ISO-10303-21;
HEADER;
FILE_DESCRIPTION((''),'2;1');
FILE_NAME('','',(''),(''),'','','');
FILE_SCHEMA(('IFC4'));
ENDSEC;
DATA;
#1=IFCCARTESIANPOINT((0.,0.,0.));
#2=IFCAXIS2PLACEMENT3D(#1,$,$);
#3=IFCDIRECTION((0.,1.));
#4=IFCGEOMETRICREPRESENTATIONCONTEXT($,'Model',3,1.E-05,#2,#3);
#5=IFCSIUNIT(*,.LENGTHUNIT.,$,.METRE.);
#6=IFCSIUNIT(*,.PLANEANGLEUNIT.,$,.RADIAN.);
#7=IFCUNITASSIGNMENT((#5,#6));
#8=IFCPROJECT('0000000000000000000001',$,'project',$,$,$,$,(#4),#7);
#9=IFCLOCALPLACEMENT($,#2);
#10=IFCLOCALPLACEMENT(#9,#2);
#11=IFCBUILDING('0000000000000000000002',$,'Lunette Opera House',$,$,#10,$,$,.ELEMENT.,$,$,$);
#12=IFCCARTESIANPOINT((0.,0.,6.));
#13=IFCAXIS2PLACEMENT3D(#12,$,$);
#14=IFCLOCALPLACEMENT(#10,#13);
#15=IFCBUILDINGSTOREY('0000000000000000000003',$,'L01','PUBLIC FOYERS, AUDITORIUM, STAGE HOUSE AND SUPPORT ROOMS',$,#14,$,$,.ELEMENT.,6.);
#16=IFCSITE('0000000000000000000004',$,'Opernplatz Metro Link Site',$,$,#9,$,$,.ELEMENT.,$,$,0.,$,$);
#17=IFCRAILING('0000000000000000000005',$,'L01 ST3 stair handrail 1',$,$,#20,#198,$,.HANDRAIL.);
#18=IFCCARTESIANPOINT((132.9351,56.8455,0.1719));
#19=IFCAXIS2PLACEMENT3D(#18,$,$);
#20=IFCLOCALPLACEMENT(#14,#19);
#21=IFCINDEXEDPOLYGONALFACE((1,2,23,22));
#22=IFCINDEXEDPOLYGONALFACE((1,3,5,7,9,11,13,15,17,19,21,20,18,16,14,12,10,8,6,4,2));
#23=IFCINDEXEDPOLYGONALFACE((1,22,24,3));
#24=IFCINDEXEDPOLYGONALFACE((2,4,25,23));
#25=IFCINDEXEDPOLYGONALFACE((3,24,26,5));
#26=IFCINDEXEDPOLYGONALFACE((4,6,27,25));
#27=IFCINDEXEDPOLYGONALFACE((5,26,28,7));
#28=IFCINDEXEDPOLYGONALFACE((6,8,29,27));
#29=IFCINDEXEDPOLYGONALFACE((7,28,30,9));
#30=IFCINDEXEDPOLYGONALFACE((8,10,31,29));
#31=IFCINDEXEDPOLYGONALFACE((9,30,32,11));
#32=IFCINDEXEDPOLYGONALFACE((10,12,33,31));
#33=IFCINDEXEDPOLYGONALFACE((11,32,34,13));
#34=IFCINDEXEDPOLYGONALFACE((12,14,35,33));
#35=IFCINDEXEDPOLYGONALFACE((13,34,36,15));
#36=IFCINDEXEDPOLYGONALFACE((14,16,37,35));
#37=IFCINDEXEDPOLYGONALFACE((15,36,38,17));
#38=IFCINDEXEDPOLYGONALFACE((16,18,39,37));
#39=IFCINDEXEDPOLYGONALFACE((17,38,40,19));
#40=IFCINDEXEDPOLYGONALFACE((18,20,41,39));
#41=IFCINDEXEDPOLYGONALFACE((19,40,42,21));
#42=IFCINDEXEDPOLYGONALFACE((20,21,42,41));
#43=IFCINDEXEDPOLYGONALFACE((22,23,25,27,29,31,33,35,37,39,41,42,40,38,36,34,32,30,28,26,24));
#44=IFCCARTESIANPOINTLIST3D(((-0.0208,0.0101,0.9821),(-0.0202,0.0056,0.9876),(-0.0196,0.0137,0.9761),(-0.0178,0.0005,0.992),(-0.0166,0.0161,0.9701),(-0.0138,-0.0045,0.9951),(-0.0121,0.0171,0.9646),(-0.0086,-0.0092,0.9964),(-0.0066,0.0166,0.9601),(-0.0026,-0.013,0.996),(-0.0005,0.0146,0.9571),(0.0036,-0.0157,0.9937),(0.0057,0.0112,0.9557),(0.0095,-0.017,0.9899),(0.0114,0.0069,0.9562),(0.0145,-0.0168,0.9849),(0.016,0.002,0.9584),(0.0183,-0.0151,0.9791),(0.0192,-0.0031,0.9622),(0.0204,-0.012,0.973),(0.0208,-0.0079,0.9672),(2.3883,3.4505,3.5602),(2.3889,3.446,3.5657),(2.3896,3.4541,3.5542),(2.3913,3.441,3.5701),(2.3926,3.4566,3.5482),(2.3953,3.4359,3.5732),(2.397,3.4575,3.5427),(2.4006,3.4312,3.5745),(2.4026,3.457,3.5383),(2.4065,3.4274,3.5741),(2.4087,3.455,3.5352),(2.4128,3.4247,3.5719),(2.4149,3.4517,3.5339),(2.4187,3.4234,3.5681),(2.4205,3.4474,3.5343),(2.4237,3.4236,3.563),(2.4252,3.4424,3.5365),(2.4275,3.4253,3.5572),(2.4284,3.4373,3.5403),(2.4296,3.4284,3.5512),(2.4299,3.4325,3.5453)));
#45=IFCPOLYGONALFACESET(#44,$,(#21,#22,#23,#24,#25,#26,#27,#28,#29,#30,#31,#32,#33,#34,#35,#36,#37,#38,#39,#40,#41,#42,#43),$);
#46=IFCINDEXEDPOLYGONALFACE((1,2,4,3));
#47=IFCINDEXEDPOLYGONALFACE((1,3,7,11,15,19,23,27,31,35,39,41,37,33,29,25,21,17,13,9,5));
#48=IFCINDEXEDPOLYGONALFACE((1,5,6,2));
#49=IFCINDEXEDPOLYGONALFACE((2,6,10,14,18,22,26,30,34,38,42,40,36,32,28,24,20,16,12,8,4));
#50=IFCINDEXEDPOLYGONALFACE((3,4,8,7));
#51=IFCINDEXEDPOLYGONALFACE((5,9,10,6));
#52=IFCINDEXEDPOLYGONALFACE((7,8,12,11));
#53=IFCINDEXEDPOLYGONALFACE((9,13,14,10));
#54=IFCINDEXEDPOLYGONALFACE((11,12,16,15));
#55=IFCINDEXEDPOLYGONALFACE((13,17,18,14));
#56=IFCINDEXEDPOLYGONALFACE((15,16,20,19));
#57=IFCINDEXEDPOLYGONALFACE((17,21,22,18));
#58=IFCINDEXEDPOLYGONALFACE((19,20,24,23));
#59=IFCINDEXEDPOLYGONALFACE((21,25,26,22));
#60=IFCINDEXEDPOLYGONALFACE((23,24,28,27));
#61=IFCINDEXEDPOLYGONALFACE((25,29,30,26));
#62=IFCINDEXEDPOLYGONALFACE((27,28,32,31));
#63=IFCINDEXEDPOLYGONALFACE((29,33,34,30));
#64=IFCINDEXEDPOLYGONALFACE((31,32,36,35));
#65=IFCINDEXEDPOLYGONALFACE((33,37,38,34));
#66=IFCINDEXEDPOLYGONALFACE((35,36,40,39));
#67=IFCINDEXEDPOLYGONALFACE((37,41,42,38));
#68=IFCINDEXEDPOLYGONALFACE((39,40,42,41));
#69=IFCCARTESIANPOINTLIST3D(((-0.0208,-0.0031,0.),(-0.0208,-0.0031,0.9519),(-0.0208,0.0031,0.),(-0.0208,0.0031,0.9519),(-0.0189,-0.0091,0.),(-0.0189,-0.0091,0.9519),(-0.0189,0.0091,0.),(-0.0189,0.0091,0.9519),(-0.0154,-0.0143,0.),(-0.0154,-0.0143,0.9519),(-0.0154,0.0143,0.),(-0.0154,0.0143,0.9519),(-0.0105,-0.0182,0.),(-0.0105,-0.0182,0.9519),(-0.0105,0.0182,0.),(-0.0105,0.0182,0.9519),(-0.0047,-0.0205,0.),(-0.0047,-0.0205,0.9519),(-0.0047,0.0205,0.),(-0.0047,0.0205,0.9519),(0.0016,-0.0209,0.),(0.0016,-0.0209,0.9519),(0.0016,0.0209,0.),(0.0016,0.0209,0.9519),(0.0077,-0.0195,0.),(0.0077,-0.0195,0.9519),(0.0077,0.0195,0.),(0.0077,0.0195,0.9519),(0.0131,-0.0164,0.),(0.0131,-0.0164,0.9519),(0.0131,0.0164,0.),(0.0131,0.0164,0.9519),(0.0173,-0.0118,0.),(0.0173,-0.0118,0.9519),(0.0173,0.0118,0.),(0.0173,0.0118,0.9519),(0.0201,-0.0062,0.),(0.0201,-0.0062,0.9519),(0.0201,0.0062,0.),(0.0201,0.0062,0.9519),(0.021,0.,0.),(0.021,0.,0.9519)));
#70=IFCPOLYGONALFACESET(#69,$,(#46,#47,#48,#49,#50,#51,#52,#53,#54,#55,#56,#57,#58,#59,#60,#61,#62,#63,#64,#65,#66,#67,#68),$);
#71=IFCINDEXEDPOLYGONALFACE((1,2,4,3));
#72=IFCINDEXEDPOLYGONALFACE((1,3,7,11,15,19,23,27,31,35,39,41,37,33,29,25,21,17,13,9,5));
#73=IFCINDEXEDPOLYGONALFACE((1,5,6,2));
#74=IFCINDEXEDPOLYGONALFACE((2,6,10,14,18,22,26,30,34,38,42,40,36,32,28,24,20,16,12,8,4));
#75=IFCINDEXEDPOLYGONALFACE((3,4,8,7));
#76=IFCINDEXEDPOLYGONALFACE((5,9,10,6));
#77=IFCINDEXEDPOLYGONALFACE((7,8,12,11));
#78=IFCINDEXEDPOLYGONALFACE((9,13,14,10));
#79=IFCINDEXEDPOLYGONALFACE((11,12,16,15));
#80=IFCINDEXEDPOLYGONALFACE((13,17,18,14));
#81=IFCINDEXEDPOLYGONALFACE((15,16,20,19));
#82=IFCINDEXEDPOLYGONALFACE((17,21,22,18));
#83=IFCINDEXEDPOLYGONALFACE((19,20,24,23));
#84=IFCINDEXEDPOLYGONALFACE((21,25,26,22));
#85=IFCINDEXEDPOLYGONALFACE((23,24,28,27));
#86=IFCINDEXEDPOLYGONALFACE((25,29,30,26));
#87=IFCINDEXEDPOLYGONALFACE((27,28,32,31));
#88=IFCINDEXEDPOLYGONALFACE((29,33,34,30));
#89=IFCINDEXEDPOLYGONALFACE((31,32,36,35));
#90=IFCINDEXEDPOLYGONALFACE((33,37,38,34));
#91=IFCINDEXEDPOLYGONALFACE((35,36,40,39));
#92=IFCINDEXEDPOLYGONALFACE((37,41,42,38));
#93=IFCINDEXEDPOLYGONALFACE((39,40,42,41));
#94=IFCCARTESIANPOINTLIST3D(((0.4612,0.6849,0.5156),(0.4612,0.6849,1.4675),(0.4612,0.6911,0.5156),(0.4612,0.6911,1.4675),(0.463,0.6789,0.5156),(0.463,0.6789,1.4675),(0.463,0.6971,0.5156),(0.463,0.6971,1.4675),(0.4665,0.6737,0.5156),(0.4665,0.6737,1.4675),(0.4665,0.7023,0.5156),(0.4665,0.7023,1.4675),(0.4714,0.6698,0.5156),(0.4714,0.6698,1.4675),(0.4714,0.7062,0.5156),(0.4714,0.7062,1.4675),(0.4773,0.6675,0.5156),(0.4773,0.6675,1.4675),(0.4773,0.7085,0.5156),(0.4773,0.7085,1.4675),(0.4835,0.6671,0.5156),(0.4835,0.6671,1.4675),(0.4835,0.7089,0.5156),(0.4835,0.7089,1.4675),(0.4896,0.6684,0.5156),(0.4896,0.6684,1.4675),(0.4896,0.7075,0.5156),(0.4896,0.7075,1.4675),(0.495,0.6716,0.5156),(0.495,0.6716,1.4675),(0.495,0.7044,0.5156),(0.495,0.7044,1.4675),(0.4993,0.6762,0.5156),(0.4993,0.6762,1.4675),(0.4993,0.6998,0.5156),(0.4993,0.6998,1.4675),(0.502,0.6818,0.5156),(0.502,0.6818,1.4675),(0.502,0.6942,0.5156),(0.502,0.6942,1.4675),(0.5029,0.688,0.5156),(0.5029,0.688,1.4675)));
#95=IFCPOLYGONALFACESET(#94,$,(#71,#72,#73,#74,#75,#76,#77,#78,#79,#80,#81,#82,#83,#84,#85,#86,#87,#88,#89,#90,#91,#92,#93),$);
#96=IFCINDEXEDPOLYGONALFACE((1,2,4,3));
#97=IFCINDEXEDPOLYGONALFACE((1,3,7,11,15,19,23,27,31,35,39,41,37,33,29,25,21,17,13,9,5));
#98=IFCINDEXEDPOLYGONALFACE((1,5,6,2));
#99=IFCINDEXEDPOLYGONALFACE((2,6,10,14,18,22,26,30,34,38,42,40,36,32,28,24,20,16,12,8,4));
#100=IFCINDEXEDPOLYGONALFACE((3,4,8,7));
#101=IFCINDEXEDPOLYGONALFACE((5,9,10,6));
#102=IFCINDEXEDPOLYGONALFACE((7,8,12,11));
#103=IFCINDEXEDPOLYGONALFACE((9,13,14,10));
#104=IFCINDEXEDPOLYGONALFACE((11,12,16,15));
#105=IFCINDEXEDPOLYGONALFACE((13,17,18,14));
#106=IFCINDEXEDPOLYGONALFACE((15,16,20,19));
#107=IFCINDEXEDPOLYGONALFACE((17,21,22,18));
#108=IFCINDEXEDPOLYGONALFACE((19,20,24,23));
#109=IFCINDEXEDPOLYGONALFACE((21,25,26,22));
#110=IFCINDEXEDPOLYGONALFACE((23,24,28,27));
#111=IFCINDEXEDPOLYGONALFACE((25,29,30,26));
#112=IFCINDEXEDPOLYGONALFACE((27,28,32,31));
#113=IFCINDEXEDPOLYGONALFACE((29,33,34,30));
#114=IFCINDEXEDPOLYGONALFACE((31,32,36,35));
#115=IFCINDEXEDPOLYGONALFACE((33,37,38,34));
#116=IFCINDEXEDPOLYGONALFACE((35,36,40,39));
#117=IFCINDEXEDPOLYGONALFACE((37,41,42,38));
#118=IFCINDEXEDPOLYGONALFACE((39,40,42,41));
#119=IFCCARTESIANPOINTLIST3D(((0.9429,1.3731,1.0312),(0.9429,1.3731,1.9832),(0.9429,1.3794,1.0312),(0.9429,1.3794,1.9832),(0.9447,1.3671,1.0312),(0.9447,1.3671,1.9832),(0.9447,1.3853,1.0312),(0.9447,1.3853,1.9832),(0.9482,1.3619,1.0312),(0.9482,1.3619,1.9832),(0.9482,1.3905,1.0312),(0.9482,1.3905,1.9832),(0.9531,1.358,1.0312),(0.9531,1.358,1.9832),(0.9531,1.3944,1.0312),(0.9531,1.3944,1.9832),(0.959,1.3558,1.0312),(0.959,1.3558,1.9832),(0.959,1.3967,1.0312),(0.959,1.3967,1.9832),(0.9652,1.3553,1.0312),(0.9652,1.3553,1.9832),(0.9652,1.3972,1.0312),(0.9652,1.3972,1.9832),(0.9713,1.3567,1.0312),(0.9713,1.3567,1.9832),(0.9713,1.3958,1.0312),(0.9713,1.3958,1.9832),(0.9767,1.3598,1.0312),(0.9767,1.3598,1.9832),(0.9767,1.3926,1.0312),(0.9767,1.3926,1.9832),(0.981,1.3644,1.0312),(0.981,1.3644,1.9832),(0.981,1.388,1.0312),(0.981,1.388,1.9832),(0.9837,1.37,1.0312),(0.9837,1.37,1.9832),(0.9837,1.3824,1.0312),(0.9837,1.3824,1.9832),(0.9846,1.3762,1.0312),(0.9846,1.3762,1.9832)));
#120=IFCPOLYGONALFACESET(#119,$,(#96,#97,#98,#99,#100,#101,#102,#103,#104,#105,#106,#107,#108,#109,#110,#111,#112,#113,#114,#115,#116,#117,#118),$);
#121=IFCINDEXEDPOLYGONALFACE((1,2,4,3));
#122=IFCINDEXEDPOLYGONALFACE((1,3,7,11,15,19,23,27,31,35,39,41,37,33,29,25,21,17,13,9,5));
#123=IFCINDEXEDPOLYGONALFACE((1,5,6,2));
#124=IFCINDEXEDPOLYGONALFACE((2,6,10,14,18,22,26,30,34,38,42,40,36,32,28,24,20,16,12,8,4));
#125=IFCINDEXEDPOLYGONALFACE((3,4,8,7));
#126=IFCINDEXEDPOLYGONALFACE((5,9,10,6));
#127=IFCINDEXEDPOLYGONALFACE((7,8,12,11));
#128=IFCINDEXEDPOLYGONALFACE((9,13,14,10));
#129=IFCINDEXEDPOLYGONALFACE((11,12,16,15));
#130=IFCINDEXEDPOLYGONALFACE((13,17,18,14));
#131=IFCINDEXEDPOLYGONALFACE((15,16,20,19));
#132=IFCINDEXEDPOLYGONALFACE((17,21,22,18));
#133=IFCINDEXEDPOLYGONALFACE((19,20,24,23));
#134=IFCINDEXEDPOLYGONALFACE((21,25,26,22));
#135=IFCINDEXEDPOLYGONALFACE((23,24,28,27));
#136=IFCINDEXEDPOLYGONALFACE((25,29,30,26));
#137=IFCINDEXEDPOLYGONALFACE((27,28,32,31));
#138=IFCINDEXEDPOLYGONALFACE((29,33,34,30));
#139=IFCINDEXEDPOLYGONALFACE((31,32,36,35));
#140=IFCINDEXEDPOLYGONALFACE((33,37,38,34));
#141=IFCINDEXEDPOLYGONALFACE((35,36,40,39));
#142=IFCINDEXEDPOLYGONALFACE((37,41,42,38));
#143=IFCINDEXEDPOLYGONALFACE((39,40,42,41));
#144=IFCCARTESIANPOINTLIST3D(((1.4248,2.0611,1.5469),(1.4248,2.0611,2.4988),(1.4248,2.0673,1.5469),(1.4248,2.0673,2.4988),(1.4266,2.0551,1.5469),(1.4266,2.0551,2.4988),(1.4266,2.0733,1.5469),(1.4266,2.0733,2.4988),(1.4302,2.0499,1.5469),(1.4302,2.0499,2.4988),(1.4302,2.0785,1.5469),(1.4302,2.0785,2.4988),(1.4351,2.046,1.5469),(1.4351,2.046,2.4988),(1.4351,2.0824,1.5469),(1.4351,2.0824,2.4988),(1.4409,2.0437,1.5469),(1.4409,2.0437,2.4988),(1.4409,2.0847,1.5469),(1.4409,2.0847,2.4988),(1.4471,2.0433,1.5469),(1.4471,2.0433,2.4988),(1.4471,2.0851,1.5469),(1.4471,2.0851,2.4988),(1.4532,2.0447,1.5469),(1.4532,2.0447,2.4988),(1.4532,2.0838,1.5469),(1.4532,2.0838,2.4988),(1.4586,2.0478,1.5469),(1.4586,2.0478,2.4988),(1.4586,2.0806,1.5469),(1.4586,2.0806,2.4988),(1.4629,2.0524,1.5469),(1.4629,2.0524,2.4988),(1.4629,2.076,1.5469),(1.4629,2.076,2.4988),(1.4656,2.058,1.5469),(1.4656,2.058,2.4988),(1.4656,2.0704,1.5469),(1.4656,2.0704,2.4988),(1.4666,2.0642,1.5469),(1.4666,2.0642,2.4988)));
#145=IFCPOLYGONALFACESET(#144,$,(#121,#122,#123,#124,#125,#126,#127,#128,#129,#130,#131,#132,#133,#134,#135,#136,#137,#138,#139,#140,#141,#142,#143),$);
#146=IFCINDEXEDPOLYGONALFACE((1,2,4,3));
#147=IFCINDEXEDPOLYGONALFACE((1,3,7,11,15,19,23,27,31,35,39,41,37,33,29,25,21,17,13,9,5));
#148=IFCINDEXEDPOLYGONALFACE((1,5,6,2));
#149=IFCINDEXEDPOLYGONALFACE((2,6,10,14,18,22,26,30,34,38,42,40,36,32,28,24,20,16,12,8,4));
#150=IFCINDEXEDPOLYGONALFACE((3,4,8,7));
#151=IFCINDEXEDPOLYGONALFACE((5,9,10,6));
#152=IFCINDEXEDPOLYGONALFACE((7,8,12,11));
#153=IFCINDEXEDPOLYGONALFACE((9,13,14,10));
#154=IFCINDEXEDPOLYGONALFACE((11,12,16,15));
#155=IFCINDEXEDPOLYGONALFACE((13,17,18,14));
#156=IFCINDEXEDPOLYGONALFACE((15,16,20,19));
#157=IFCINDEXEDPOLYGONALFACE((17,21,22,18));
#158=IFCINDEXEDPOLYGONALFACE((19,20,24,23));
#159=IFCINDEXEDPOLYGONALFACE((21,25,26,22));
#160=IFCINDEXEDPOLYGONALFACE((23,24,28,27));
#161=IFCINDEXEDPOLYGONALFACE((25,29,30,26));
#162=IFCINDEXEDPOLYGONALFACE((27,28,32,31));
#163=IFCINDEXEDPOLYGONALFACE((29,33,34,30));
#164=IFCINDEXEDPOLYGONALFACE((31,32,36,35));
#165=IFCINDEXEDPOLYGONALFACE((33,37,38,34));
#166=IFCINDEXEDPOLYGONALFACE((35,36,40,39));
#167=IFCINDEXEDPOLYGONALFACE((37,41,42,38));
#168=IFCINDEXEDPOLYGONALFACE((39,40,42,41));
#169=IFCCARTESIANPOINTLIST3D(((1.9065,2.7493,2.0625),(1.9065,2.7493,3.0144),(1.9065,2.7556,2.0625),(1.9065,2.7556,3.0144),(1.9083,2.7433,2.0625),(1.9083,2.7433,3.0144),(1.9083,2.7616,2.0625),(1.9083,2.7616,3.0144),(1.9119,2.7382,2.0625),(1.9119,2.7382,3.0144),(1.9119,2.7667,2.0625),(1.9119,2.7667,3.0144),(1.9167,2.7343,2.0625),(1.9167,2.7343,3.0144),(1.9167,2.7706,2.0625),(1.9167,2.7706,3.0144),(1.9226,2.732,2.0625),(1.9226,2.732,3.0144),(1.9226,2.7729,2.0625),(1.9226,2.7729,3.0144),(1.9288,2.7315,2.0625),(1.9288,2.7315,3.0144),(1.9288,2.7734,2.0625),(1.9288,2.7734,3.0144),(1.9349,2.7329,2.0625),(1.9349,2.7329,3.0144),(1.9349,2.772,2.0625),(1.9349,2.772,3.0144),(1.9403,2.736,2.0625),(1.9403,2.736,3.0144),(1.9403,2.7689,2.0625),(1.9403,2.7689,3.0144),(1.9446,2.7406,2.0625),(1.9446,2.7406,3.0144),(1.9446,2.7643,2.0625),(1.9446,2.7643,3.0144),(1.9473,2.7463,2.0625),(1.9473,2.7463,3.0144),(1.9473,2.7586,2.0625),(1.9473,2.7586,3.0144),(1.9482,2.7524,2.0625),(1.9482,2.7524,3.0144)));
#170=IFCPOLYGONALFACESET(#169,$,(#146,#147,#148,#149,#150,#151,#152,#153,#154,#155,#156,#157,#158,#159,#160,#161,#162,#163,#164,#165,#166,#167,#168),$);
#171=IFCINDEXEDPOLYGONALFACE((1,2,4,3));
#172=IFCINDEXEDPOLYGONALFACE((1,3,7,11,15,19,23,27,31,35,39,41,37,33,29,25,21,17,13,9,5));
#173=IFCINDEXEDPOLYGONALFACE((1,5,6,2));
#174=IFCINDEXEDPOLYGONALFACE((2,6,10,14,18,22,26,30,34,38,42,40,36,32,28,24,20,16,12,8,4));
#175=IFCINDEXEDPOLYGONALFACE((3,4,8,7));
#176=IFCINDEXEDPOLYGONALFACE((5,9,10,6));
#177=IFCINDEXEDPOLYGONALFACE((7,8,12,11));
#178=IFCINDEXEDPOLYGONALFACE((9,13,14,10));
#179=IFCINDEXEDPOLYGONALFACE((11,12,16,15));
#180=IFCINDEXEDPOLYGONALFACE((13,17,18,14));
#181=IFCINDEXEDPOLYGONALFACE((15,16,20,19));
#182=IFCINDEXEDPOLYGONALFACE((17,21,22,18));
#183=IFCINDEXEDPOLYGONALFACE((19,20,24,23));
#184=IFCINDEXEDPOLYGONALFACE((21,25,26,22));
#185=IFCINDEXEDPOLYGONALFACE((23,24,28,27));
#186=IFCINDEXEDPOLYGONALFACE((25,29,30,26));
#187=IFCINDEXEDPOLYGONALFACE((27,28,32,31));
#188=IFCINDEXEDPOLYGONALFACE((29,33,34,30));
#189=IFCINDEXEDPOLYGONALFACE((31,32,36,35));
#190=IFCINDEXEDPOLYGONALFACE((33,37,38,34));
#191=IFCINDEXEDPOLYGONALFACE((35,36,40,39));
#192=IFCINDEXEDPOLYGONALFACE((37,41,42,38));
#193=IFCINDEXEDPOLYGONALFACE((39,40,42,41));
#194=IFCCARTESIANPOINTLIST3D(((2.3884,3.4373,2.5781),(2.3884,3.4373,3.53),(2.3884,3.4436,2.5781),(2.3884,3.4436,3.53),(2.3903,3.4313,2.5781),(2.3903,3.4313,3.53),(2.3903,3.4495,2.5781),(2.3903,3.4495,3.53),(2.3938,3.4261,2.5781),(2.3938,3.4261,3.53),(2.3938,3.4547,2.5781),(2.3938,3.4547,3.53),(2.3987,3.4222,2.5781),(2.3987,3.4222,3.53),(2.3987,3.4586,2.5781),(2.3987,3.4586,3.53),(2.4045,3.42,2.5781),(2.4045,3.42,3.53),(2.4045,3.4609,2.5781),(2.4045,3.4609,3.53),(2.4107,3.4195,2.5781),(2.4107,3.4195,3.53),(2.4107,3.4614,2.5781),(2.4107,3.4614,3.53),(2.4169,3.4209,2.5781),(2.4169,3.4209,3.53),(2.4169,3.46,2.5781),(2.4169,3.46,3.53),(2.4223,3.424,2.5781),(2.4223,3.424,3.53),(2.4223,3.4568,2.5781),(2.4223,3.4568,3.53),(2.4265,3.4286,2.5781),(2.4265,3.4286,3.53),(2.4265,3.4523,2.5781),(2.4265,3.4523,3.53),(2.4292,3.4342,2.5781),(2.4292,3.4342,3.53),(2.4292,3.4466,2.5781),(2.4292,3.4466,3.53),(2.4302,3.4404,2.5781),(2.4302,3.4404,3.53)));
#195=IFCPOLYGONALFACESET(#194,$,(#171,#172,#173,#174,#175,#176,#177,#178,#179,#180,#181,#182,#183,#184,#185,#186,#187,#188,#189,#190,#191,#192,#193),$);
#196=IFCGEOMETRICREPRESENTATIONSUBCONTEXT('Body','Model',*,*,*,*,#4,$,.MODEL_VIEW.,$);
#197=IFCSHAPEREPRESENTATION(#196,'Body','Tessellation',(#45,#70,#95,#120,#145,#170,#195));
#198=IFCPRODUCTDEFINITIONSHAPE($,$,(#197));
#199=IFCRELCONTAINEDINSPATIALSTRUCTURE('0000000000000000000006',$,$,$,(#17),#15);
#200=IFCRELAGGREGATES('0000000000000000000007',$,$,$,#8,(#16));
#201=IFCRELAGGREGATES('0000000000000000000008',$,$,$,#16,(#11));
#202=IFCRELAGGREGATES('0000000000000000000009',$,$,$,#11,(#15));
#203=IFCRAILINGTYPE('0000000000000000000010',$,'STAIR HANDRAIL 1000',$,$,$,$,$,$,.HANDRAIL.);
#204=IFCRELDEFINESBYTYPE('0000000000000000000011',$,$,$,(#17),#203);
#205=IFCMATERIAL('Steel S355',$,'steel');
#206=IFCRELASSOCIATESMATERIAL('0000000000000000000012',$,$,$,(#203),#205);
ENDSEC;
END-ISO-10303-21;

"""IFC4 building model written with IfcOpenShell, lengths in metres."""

from ifc_helpers import new_model, si_unit, direction, frame, origin, origin_2d, place, context, subcontext, project, spatial, circle, extrude, material, type_object, element, save


model = new_model("IFC4")

# Units and contexts
model_context = context("Model", 3, precision=1e-05, world=origin(), true_north=direction((0.0, 1.0)))
body_context = subcontext(model_context, "Body", "Model", "MODEL_VIEW")
ifc_project = project(units=[si_unit("LENGTHUNIT", "METRE"), si_unit("PLANEANGLEUNIT", "RADIAN")], contexts=[model_context])

# Site, building, storey
site_placement = place(None, origin())
site = spatial("IfcSite", under=ifc_project, at=site_placement, Name="Opernplatz Metro Link Site", CompositionType="ELEMENT", RefElevation=0.0)
building_placement = place(site_placement, origin())
building = spatial("IfcBuilding", under=site, at=building_placement, Name="Lunette Opera House", CompositionType="ELEMENT")
storey_placement = place(building_placement, frame((0.0, 0.0, 6.0)))
storey = spatial("IfcBuildingStorey", under=building, at=storey_placement, Name="L01", Description="PUBLIC FOYERS, AUDITORIUM, STAGE HOUSE AND SUPPORT ROOMS", CompositionType="ELEMENT", Elevation=6.0)

# Railing
ifc_material_1 = material(Name="Steel S355", Category="steel")
railing_type_1 = type_object("IfcRailingType", Name="STAIR HANDRAIL 1000", PredefinedType="HANDRAIL", material=ifc_material_1)
railing_1_placement = place(storey_placement, frame((132.9351, 56.8455, 0.1719)))
element("IfcRailing", 1, at=railing_1_placement, inside=storey, type_object=railing_type_1, Name="L01 ST3 stair handrail 1", PredefinedType="HANDRAIL", context=body_context, shape_type="SweptSolid", body=[
    extrude(circle(Radius=0.0239, at=origin_2d()), frame((0.0, 0.0, 0.9761), z_axis=(0.488853, 0.698107, 0.523134), x_axis=(-0.819134, 0.573603, 0.0)), (0.0, 0.0, 1.0), 4.9282),
    extrude(circle(Radius=0.021, at=origin_2d()), origin(), (0.0, 0.0, 1.0), 0.9519),
    extrude(circle(Radius=0.021, at=origin_2d()), frame((0.4819, 0.688, 0.5156)), (0.0, 0.0, 1.0), 0.9519),
    extrude(circle(Radius=0.021, at=origin_2d()), frame((0.9636, 1.3762, 1.0312)), (0.0, 0.0, 1.0), 0.9519),
    extrude(circle(Radius=0.021, at=origin_2d()), frame((1.4456, 2.0642, 1.5469)), (0.0, 0.0, 1.0), 0.9519),
    extrude(circle(Radius=0.021, at=origin_2d()), frame((1.9272, 2.7524, 2.0625)), (0.0, 0.0, 1.0), 0.9519),
    extrude(circle(Radius=0.021, at=origin_2d()), frame((2.4092, 3.4404, 2.5781)), (0.0, 0.0, 1.0), 0.9519),
])

save(model, "model.ifc")
